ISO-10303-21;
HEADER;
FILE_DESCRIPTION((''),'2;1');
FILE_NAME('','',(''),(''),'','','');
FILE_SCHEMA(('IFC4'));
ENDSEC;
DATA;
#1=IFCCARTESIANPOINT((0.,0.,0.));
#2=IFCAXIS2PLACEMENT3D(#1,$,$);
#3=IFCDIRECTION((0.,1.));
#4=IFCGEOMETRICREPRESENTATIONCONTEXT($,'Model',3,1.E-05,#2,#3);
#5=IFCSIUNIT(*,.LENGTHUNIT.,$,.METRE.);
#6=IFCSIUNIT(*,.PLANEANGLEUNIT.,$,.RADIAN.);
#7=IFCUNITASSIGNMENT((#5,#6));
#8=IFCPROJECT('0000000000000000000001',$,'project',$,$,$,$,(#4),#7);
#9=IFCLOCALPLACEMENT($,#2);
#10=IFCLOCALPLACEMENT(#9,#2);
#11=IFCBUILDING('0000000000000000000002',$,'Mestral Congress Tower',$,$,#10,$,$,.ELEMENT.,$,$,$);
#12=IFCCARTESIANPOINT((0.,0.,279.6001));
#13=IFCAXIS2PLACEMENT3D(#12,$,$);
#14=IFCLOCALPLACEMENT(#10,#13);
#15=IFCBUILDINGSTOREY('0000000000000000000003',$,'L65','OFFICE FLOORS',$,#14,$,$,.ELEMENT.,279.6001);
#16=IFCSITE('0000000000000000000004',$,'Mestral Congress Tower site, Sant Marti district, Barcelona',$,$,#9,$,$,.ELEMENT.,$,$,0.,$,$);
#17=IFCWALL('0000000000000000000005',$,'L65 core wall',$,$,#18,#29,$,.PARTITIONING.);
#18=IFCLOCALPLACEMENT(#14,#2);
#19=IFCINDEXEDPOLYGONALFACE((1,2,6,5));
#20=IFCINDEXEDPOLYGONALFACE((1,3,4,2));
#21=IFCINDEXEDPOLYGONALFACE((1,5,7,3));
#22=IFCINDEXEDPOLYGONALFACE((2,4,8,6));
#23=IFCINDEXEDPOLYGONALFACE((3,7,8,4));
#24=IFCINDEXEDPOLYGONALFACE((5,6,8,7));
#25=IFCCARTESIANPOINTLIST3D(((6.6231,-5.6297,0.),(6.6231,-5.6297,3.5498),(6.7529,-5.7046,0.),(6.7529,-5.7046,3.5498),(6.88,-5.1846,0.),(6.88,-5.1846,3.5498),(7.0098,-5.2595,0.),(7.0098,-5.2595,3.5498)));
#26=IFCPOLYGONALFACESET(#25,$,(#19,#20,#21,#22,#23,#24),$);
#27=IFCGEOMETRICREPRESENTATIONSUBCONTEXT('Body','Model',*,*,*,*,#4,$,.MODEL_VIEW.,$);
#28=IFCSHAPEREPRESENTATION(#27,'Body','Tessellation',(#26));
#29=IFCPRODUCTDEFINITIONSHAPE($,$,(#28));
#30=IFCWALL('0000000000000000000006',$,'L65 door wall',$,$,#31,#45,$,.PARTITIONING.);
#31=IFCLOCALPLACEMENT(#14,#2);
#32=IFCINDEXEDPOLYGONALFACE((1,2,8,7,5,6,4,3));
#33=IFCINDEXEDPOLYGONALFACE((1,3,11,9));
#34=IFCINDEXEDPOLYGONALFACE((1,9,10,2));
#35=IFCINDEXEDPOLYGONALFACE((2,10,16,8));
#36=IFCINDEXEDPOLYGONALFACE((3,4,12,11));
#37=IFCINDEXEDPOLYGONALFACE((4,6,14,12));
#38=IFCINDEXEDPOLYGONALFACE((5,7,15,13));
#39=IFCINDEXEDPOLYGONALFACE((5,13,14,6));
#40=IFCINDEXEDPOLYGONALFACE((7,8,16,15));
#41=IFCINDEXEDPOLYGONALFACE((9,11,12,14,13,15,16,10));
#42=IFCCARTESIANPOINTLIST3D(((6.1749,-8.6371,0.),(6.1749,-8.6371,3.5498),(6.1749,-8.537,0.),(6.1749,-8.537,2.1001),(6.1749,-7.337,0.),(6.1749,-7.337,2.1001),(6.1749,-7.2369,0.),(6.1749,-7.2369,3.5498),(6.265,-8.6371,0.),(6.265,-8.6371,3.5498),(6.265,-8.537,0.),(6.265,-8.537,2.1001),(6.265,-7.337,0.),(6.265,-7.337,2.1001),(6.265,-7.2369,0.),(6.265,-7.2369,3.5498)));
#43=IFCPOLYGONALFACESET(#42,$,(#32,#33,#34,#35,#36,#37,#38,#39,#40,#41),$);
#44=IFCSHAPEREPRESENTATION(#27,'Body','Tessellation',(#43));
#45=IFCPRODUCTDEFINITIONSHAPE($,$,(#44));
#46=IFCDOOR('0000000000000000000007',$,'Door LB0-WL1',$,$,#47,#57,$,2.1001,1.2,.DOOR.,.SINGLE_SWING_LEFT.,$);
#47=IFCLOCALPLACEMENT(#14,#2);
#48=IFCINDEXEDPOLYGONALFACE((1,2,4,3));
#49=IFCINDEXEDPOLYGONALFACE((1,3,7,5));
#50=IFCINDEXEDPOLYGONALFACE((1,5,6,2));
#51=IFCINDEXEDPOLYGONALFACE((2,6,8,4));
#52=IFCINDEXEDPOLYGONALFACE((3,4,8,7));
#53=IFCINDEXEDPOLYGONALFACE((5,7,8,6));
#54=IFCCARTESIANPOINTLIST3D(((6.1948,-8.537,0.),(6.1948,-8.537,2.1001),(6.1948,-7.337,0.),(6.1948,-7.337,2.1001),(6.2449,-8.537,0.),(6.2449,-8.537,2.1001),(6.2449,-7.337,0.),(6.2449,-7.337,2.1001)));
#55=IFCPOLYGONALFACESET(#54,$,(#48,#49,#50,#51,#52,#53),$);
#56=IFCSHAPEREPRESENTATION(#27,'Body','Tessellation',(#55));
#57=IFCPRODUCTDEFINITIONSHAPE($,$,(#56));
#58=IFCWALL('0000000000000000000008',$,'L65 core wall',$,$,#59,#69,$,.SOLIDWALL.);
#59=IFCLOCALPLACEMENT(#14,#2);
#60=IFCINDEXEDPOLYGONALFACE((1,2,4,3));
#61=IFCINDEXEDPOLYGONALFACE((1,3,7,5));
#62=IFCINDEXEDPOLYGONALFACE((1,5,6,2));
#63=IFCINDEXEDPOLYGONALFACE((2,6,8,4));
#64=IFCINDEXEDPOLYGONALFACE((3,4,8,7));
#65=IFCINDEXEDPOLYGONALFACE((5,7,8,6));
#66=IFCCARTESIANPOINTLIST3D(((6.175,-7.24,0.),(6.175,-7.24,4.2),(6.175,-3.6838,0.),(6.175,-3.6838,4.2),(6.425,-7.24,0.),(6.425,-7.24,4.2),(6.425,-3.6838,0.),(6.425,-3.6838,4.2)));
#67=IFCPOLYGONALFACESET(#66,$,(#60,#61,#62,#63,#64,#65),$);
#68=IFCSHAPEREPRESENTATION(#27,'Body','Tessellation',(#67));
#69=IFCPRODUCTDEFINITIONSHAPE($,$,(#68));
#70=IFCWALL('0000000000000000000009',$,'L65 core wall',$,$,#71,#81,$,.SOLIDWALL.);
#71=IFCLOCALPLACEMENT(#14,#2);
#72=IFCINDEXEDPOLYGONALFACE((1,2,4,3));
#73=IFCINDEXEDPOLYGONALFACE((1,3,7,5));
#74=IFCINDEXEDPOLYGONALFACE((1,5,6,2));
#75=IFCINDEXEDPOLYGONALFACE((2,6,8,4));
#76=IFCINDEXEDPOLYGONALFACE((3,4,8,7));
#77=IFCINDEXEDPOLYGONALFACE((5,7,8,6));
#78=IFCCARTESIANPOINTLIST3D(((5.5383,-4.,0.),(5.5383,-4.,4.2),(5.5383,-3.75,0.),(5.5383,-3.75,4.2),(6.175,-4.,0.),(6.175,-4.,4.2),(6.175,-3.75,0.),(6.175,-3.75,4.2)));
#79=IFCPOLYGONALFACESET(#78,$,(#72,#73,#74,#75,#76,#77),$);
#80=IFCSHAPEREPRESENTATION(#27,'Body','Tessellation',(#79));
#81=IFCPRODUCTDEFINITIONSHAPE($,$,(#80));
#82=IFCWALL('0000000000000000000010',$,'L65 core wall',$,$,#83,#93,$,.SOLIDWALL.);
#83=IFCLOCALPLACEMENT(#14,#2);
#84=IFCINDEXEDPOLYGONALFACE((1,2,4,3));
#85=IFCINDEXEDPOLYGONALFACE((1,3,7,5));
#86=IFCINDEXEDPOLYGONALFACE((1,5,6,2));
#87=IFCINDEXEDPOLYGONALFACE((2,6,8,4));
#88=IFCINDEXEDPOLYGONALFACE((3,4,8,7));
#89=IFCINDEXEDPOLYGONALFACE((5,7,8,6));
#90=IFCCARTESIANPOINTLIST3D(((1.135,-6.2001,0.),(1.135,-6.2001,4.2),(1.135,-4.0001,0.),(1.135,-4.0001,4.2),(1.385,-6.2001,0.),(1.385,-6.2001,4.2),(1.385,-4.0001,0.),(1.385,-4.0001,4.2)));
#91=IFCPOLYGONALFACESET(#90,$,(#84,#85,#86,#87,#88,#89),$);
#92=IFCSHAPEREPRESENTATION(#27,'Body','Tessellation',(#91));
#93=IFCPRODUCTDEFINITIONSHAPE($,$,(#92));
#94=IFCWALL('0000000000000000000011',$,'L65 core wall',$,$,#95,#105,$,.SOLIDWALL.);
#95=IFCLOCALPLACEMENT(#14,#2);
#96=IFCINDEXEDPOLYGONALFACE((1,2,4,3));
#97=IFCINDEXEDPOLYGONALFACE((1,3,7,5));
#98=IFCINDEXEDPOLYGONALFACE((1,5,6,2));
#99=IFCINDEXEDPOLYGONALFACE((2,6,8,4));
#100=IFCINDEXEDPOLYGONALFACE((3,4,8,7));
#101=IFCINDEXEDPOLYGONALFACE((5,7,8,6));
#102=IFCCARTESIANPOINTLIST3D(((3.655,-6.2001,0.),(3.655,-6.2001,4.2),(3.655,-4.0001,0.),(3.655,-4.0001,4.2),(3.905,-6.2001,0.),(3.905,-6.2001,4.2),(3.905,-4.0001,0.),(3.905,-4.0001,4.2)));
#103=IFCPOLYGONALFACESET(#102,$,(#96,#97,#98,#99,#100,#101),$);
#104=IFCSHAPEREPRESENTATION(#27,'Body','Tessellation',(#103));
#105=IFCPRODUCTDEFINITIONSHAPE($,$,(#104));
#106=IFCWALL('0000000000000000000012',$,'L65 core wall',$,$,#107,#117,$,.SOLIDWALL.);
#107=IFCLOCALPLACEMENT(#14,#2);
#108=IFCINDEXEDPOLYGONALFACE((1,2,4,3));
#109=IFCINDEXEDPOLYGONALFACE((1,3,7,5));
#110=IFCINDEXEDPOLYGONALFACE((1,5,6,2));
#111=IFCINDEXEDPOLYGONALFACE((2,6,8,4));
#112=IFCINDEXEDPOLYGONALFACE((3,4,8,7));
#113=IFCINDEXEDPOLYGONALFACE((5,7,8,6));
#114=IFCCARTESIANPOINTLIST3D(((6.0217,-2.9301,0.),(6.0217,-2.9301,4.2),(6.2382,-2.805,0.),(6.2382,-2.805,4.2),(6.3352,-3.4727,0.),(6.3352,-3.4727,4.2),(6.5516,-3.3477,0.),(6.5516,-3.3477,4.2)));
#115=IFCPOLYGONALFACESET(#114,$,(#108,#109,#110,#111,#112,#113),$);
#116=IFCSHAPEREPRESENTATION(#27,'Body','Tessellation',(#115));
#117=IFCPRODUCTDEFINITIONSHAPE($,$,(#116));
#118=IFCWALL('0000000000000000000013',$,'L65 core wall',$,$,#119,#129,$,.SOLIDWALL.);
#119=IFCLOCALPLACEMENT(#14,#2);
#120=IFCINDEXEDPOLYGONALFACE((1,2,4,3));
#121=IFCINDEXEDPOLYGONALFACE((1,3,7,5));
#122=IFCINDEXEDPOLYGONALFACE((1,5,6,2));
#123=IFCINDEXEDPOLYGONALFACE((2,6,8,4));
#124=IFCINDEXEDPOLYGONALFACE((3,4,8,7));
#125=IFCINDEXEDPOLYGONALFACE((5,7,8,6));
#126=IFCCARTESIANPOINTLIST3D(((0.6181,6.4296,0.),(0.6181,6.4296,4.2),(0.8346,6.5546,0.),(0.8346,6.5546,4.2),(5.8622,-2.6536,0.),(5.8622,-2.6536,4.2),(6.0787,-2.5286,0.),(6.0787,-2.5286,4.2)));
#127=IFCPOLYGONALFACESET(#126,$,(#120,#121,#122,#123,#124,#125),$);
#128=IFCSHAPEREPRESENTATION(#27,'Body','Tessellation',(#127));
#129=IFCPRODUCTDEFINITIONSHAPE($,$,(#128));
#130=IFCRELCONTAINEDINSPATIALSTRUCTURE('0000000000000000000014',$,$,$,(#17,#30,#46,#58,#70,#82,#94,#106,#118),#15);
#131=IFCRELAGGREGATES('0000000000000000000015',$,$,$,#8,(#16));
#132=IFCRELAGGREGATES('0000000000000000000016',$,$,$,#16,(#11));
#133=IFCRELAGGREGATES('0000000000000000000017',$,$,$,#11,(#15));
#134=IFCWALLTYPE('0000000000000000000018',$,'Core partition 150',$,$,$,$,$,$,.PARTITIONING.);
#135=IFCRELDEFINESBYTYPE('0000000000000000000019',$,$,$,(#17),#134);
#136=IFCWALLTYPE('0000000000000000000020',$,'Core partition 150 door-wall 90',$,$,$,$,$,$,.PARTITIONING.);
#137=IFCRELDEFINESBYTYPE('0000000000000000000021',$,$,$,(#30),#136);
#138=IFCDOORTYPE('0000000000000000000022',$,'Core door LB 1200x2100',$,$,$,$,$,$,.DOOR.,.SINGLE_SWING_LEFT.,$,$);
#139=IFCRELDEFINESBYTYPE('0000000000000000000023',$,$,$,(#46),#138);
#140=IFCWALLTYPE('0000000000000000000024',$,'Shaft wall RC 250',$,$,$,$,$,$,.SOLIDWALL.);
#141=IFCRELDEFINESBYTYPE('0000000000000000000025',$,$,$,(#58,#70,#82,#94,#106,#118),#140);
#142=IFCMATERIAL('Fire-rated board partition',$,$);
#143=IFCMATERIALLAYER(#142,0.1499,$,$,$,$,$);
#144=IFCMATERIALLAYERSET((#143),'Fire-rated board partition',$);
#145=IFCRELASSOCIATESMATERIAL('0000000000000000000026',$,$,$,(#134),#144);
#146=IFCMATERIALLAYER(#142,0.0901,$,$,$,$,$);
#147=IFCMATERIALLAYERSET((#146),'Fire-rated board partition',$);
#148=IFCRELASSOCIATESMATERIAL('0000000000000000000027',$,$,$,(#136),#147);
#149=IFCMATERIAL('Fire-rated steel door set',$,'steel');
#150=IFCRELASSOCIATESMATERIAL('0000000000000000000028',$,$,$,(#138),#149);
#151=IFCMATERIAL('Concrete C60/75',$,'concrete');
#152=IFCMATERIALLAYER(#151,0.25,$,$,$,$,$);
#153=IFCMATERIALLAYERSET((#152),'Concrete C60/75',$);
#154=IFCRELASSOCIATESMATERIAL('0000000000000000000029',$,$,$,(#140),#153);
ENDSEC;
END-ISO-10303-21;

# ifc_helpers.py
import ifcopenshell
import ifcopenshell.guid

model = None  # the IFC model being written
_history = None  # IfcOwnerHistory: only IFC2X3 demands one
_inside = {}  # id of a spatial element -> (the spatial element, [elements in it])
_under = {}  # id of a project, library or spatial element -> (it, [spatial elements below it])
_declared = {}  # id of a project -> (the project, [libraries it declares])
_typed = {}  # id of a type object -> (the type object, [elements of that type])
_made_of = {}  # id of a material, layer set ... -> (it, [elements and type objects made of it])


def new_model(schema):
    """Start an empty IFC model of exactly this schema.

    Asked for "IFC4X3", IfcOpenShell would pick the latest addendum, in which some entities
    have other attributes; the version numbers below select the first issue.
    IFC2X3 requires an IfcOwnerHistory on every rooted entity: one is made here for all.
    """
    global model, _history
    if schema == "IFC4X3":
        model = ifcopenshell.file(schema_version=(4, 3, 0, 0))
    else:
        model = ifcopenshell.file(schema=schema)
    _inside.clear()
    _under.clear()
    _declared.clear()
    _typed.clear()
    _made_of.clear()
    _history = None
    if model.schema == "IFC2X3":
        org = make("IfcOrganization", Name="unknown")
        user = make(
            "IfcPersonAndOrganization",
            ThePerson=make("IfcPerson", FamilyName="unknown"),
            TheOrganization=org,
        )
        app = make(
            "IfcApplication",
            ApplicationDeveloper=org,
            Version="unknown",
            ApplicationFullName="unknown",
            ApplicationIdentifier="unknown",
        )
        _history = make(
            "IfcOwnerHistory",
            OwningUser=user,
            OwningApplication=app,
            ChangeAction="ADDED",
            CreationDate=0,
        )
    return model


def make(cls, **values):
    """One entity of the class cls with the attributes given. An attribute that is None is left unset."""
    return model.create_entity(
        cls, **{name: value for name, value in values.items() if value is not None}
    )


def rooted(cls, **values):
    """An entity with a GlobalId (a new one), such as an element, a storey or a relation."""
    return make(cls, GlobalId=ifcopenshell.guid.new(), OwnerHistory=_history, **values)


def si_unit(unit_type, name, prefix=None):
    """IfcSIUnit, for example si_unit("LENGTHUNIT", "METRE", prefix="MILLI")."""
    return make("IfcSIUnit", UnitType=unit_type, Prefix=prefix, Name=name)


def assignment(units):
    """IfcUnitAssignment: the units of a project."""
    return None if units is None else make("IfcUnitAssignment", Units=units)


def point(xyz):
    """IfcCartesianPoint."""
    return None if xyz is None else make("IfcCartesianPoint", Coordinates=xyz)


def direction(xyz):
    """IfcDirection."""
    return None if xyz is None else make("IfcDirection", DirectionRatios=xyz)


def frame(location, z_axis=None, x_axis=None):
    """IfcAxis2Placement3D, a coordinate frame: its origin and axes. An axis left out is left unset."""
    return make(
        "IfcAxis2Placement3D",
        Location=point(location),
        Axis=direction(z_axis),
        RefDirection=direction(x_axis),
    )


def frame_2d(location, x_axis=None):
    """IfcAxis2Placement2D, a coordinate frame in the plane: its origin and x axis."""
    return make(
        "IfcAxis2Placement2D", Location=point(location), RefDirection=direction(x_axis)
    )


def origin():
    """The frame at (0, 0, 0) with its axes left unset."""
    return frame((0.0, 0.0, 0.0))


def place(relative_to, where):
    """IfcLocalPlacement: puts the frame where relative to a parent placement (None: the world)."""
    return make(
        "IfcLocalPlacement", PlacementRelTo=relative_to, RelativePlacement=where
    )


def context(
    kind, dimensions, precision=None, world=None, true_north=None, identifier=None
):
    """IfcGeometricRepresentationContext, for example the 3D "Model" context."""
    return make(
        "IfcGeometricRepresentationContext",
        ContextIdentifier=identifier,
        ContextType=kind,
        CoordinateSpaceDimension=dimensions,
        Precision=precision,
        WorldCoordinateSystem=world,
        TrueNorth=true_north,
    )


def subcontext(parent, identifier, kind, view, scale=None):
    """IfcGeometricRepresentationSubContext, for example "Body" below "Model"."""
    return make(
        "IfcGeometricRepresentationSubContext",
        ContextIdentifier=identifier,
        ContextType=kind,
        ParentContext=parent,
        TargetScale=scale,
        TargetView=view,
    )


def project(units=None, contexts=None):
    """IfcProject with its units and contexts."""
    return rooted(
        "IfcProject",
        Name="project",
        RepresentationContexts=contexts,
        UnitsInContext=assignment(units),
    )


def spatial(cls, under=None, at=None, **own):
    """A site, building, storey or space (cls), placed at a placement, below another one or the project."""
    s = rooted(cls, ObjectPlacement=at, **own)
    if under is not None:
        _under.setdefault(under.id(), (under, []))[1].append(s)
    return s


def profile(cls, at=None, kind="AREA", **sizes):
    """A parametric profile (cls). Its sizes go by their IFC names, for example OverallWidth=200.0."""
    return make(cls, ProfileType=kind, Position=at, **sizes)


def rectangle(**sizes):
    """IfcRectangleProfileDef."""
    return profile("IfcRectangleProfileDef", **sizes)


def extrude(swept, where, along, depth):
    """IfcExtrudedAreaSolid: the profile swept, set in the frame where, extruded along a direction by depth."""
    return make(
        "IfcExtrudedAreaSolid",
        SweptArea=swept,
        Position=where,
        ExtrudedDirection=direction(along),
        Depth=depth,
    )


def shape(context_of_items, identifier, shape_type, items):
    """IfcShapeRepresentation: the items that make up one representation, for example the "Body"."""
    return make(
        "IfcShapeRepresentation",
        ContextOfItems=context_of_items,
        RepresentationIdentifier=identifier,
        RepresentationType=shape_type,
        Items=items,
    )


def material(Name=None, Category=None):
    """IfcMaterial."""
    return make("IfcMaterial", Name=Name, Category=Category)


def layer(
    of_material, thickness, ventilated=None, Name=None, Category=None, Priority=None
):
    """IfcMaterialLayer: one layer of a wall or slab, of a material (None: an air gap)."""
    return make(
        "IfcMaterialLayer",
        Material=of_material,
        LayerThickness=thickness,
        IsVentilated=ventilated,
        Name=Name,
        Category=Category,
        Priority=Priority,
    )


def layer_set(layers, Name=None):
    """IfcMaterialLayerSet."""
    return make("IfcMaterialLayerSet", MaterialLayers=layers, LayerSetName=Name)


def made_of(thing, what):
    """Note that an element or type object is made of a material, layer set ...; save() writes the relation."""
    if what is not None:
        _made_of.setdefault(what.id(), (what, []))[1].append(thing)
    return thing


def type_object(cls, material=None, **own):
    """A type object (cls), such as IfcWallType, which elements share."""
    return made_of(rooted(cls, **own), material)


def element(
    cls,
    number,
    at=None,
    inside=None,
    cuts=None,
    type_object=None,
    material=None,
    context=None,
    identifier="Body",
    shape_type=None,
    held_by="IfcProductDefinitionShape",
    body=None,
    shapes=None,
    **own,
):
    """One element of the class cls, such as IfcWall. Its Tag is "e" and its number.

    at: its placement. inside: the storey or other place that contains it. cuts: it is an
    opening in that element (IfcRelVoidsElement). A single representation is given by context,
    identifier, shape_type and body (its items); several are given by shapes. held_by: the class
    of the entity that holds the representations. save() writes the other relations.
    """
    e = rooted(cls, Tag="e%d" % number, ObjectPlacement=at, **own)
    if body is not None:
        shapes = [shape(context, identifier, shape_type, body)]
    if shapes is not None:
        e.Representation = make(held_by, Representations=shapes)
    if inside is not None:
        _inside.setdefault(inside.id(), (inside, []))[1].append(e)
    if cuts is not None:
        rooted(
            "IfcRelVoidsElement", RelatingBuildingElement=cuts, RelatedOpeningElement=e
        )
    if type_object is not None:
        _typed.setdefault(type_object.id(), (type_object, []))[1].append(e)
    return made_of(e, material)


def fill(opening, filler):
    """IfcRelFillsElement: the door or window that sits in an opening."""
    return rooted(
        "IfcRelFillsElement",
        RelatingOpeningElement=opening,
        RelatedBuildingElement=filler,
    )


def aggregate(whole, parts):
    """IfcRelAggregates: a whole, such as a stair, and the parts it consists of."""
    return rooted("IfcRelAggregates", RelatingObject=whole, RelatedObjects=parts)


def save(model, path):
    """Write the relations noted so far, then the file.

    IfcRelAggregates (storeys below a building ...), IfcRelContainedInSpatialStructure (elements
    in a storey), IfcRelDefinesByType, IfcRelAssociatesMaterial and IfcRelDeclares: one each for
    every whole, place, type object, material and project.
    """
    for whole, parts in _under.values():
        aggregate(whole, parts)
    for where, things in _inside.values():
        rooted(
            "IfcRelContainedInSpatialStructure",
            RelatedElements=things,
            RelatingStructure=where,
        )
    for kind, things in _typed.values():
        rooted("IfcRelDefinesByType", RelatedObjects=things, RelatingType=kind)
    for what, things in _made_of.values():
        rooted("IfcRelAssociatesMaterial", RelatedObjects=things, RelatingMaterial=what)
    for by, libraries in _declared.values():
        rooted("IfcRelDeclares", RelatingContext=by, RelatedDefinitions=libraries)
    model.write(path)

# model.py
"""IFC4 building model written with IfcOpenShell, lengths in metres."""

from ifc_helpers import new_model, si_unit, direction, frame, frame_2d, origin, place, context, subcontext, project, spatial, rectangle, extrude, material, layer, layer_set, type_object, element, fill, save


model = new_model("IFC4")

# Units and contexts
model_context = context("Model", 3, precision=1e-05, world=origin(), true_north=direction((0.0, 1.0)))
body_context = subcontext(model_context, "Body", "Model", "MODEL_VIEW")
ifc_project = project(units=[si_unit("LENGTHUNIT", "METRE"), si_unit("PLANEANGLEUNIT", "RADIAN")], contexts=[model_context])

# Site, building, storey
site_placement = place(None, origin())
site = spatial("IfcSite", under=ifc_project, at=site_placement, Name="Mestral Congress Tower site, Sant Marti district, Barcelona", CompositionType="ELEMENT", RefElevation=0.0)
building_placement = place(site_placement, origin())
building = spatial("IfcBuilding", under=site, at=building_placement, Name="Mestral Congress Tower", CompositionType="ELEMENT")
storey_placement = place(building_placement, frame((0.0, 0.0, 279.6001)))
storey = spatial("IfcBuildingStorey", under=building, at=storey_placement, Name="L65", Description="OFFICE FLOORS", CompositionType="ELEMENT", Elevation=279.6001)

# Wall
ifc_material_1 = material(Name="Fire-rated board partition")
ifc_layer_1 = layer(ifc_material_1, 0.1499)
ifc_layer_set_1 = layer_set([ifc_layer_1], Name="Fire-rated board partition")
wall_type_1 = type_object("IfcWallType", Name="Core partition 150", PredefinedType="PARTITIONING", material=ifc_layer_set_1)
wall_1_placement = place(storey_placement, frame((6.9448, -5.2222, 0.0), z_axis=(0.0, 0.0, 1.0), x_axis=(-0.499818, -0.86613, 0.0)))
element("IfcWall", 1, at=wall_1_placement, inside=storey, type_object=wall_type_1, Name="L65 core wall", PredefinedType="PARTITIONING", context=body_context, shape_type="SweptSolid", body=[
    extrude(rectangle(XDim=0.5139, YDim=0.1499, at=frame_2d((0.2568, 0.0))), origin(), (0.0, 0.0, 1.0), 3.5498),
])

# Wall, opening, door
ifc_layer_2 = layer(ifc_material_1, 0.0901)
ifc_layer_set_2 = layer_set([ifc_layer_2], Name="Fire-rated board partition")
wall_type_2 = type_object("IfcWallType", Name="Core partition 150 door-wall 90", PredefinedType="PARTITIONING", material=ifc_layer_set_2)
wall_2_placement = place(storey_placement, frame((6.22, -7.2368, 0.0), z_axis=(0.0, 0.0, 1.0), x_axis=(0.0, -1.0, 0.0)))
wall_2 = element("IfcWall", 2, at=wall_2_placement, inside=storey, type_object=wall_type_2, Name="L65 door wall", PredefinedType="PARTITIONING", context=body_context, shape_type="SweptSolid", body=[
    extrude(rectangle(XDim=1.4001, YDim=0.0901, at=frame_2d((0.7002, 0.0))), origin(), (0.0, 0.0, 1.0), 3.5498),
])
opening_1_placement = place(wall_2_placement, frame((0.1001, 0.0, 0.0)))
opening_1 = element("IfcOpeningElement", 3, at=opening_1_placement, cuts=wall_2, PredefinedType="OPENING", context=body_context, shape_type="SweptSolid", body=[
    extrude(rectangle(XDim=1.2, YDim=2.1001, at=frame_2d((0.6001, 1.05))), frame((0.0, 0.0549, 0.0), z_axis=(0.0, -1.0, 0.0), x_axis=(1.0, 0.0, 0.0)), (0.0, 0.0, 1.0), 0.1101),
])
ifc_material_2 = material(Name="Fire-rated steel door set", Category="steel")
door_type_1 = type_object("IfcDoorType", Name="Core door LB 1200x2100", OperationType="SINGLE_SWING_LEFT", PredefinedType="DOOR", material=ifc_material_2)
door_1_placement = place(opening_1_placement, origin())
door_1 = element("IfcDoor", 4, at=door_1_placement, inside=storey, type_object=door_type_1, Name="Door LB0-WL1", OperationType="SINGLE_SWING_LEFT", OverallHeight=2.1001, OverallWidth=1.2, PredefinedType="DOOR", context=body_context, shape_type="SweptSolid", body=[
    extrude(rectangle(XDim=1.2, YDim=2.1001, at=frame_2d((0.6001, 1.05))), frame((0.0, 0.0249, 0.0), z_axis=(0.0, -1.0, 0.0), x_axis=(1.0, 0.0, 0.0)), (0.0, 0.0, 1.0), 0.05),
])
fill(opening_1, door_1)

# Walls
ifc_material_3 = material(Name="Concrete C60/75", Category="concrete")
ifc_layer_3 = layer(ifc_material_3, 0.25)
ifc_layer_set_3 = layer_set([ifc_layer_3], Name="Concrete C60/75")
wall_type_3 = type_object("IfcWallType", Name="Shaft wall RC 250", PredefinedType="SOLIDWALL", material=ifc_layer_set_3)
wall_3_placement = place(storey_placement, frame((6.3, -7.24, 0.0), z_axis=(0.0, 0.0, 1.0), x_axis=(0.0, 1.0, 0.0)))
element("IfcWall", 5, at=wall_3_placement, inside=storey, type_object=wall_type_3, Name="L65 core wall", PredefinedType="SOLIDWALL", context=body_context, shape_type="SweptSolid", body=[
    extrude(rectangle(XDim=3.5562, YDim=0.25, at=frame_2d((1.7781, 0.0))), origin(), (0.0, 0.0, 1.0), 4.2),
])
wall_4_placement = place(storey_placement, frame((5.5383, -3.875, 0.0), z_axis=(0.0, 0.0, 1.0), x_axis=(1.0, 0.0, 0.0)))
element("IfcWall", 6, at=wall_4_placement, inside=storey, type_object=wall_type_3, Name="L65 core wall", PredefinedType="SOLIDWALL", context=body_context, shape_type="SweptSolid", body=[
    extrude(rectangle(XDim=0.6367, YDim=0.25, at=frame_2d((0.3184, 0.0))), origin(), (0.0, 0.0, 1.0), 4.2),
])
for number, where, z_axis, x_axis, name in (
    (7, (1.26, -4.0, 0.0), (0.0, 0.0, 1.0), (0.0, -1.0, 0.0), "L65 core wall"),
    (8, (3.78, -4.0, 0.0), (0.0, 0.0, 1.0), (0.0, -1.0, 0.0), "L65 core wall"),
):
    element("IfcWall", number, at=place(storey_placement, frame(where, z_axis=z_axis, x_axis=x_axis)), inside=storey, type_object=wall_type_3, Name=name, PredefinedType="SOLIDWALL", context=body_context, shape_type="SweptSolid", body=[
        extrude(rectangle(XDim=2.2, YDim=0.25, at=frame_2d((1.1001, 0.0))), origin(), (0.0, 0.0, 1.0), 4.2),
    ])
wall_5_placement = place(storey_placement, frame((6.1299, -2.8674, 0.0), z_axis=(0.0, 0.0, 1.0), x_axis=(0.500161, -0.865933, 0.0)))
element("IfcWall", 9, at=wall_5_placement, inside=storey, type_object=wall_type_3, Name="L65 core wall", PredefinedType="SOLIDWALL", context=body_context, shape_type="SweptSolid", body=[
    extrude(rectangle(XDim=0.6267, YDim=0.25, at=frame_2d((0.3135, 0.0))), origin(), (0.0, 0.0, 1.0), 4.2),
])
wall_6_placement = place(storey_placement, frame((5.9705, -2.5911, 0.0), z_axis=(0.0, 0.0, 1.0), x_axis=(-0.499994, 0.866029, 0.0)))
element("IfcWall", 10, at=wall_6_placement, inside=storey, type_object=wall_type_3, Name="L65 core wall", PredefinedType="SOLIDWALL", context=body_context, shape_type="SweptSolid", body=[
    extrude(rectangle(XDim=10.4883, YDim=0.25, at=frame_2d((5.2441, 0.0))), origin(), (0.0, 0.0, 1.0), 4.2),
])

save(model, "model.ifc")
